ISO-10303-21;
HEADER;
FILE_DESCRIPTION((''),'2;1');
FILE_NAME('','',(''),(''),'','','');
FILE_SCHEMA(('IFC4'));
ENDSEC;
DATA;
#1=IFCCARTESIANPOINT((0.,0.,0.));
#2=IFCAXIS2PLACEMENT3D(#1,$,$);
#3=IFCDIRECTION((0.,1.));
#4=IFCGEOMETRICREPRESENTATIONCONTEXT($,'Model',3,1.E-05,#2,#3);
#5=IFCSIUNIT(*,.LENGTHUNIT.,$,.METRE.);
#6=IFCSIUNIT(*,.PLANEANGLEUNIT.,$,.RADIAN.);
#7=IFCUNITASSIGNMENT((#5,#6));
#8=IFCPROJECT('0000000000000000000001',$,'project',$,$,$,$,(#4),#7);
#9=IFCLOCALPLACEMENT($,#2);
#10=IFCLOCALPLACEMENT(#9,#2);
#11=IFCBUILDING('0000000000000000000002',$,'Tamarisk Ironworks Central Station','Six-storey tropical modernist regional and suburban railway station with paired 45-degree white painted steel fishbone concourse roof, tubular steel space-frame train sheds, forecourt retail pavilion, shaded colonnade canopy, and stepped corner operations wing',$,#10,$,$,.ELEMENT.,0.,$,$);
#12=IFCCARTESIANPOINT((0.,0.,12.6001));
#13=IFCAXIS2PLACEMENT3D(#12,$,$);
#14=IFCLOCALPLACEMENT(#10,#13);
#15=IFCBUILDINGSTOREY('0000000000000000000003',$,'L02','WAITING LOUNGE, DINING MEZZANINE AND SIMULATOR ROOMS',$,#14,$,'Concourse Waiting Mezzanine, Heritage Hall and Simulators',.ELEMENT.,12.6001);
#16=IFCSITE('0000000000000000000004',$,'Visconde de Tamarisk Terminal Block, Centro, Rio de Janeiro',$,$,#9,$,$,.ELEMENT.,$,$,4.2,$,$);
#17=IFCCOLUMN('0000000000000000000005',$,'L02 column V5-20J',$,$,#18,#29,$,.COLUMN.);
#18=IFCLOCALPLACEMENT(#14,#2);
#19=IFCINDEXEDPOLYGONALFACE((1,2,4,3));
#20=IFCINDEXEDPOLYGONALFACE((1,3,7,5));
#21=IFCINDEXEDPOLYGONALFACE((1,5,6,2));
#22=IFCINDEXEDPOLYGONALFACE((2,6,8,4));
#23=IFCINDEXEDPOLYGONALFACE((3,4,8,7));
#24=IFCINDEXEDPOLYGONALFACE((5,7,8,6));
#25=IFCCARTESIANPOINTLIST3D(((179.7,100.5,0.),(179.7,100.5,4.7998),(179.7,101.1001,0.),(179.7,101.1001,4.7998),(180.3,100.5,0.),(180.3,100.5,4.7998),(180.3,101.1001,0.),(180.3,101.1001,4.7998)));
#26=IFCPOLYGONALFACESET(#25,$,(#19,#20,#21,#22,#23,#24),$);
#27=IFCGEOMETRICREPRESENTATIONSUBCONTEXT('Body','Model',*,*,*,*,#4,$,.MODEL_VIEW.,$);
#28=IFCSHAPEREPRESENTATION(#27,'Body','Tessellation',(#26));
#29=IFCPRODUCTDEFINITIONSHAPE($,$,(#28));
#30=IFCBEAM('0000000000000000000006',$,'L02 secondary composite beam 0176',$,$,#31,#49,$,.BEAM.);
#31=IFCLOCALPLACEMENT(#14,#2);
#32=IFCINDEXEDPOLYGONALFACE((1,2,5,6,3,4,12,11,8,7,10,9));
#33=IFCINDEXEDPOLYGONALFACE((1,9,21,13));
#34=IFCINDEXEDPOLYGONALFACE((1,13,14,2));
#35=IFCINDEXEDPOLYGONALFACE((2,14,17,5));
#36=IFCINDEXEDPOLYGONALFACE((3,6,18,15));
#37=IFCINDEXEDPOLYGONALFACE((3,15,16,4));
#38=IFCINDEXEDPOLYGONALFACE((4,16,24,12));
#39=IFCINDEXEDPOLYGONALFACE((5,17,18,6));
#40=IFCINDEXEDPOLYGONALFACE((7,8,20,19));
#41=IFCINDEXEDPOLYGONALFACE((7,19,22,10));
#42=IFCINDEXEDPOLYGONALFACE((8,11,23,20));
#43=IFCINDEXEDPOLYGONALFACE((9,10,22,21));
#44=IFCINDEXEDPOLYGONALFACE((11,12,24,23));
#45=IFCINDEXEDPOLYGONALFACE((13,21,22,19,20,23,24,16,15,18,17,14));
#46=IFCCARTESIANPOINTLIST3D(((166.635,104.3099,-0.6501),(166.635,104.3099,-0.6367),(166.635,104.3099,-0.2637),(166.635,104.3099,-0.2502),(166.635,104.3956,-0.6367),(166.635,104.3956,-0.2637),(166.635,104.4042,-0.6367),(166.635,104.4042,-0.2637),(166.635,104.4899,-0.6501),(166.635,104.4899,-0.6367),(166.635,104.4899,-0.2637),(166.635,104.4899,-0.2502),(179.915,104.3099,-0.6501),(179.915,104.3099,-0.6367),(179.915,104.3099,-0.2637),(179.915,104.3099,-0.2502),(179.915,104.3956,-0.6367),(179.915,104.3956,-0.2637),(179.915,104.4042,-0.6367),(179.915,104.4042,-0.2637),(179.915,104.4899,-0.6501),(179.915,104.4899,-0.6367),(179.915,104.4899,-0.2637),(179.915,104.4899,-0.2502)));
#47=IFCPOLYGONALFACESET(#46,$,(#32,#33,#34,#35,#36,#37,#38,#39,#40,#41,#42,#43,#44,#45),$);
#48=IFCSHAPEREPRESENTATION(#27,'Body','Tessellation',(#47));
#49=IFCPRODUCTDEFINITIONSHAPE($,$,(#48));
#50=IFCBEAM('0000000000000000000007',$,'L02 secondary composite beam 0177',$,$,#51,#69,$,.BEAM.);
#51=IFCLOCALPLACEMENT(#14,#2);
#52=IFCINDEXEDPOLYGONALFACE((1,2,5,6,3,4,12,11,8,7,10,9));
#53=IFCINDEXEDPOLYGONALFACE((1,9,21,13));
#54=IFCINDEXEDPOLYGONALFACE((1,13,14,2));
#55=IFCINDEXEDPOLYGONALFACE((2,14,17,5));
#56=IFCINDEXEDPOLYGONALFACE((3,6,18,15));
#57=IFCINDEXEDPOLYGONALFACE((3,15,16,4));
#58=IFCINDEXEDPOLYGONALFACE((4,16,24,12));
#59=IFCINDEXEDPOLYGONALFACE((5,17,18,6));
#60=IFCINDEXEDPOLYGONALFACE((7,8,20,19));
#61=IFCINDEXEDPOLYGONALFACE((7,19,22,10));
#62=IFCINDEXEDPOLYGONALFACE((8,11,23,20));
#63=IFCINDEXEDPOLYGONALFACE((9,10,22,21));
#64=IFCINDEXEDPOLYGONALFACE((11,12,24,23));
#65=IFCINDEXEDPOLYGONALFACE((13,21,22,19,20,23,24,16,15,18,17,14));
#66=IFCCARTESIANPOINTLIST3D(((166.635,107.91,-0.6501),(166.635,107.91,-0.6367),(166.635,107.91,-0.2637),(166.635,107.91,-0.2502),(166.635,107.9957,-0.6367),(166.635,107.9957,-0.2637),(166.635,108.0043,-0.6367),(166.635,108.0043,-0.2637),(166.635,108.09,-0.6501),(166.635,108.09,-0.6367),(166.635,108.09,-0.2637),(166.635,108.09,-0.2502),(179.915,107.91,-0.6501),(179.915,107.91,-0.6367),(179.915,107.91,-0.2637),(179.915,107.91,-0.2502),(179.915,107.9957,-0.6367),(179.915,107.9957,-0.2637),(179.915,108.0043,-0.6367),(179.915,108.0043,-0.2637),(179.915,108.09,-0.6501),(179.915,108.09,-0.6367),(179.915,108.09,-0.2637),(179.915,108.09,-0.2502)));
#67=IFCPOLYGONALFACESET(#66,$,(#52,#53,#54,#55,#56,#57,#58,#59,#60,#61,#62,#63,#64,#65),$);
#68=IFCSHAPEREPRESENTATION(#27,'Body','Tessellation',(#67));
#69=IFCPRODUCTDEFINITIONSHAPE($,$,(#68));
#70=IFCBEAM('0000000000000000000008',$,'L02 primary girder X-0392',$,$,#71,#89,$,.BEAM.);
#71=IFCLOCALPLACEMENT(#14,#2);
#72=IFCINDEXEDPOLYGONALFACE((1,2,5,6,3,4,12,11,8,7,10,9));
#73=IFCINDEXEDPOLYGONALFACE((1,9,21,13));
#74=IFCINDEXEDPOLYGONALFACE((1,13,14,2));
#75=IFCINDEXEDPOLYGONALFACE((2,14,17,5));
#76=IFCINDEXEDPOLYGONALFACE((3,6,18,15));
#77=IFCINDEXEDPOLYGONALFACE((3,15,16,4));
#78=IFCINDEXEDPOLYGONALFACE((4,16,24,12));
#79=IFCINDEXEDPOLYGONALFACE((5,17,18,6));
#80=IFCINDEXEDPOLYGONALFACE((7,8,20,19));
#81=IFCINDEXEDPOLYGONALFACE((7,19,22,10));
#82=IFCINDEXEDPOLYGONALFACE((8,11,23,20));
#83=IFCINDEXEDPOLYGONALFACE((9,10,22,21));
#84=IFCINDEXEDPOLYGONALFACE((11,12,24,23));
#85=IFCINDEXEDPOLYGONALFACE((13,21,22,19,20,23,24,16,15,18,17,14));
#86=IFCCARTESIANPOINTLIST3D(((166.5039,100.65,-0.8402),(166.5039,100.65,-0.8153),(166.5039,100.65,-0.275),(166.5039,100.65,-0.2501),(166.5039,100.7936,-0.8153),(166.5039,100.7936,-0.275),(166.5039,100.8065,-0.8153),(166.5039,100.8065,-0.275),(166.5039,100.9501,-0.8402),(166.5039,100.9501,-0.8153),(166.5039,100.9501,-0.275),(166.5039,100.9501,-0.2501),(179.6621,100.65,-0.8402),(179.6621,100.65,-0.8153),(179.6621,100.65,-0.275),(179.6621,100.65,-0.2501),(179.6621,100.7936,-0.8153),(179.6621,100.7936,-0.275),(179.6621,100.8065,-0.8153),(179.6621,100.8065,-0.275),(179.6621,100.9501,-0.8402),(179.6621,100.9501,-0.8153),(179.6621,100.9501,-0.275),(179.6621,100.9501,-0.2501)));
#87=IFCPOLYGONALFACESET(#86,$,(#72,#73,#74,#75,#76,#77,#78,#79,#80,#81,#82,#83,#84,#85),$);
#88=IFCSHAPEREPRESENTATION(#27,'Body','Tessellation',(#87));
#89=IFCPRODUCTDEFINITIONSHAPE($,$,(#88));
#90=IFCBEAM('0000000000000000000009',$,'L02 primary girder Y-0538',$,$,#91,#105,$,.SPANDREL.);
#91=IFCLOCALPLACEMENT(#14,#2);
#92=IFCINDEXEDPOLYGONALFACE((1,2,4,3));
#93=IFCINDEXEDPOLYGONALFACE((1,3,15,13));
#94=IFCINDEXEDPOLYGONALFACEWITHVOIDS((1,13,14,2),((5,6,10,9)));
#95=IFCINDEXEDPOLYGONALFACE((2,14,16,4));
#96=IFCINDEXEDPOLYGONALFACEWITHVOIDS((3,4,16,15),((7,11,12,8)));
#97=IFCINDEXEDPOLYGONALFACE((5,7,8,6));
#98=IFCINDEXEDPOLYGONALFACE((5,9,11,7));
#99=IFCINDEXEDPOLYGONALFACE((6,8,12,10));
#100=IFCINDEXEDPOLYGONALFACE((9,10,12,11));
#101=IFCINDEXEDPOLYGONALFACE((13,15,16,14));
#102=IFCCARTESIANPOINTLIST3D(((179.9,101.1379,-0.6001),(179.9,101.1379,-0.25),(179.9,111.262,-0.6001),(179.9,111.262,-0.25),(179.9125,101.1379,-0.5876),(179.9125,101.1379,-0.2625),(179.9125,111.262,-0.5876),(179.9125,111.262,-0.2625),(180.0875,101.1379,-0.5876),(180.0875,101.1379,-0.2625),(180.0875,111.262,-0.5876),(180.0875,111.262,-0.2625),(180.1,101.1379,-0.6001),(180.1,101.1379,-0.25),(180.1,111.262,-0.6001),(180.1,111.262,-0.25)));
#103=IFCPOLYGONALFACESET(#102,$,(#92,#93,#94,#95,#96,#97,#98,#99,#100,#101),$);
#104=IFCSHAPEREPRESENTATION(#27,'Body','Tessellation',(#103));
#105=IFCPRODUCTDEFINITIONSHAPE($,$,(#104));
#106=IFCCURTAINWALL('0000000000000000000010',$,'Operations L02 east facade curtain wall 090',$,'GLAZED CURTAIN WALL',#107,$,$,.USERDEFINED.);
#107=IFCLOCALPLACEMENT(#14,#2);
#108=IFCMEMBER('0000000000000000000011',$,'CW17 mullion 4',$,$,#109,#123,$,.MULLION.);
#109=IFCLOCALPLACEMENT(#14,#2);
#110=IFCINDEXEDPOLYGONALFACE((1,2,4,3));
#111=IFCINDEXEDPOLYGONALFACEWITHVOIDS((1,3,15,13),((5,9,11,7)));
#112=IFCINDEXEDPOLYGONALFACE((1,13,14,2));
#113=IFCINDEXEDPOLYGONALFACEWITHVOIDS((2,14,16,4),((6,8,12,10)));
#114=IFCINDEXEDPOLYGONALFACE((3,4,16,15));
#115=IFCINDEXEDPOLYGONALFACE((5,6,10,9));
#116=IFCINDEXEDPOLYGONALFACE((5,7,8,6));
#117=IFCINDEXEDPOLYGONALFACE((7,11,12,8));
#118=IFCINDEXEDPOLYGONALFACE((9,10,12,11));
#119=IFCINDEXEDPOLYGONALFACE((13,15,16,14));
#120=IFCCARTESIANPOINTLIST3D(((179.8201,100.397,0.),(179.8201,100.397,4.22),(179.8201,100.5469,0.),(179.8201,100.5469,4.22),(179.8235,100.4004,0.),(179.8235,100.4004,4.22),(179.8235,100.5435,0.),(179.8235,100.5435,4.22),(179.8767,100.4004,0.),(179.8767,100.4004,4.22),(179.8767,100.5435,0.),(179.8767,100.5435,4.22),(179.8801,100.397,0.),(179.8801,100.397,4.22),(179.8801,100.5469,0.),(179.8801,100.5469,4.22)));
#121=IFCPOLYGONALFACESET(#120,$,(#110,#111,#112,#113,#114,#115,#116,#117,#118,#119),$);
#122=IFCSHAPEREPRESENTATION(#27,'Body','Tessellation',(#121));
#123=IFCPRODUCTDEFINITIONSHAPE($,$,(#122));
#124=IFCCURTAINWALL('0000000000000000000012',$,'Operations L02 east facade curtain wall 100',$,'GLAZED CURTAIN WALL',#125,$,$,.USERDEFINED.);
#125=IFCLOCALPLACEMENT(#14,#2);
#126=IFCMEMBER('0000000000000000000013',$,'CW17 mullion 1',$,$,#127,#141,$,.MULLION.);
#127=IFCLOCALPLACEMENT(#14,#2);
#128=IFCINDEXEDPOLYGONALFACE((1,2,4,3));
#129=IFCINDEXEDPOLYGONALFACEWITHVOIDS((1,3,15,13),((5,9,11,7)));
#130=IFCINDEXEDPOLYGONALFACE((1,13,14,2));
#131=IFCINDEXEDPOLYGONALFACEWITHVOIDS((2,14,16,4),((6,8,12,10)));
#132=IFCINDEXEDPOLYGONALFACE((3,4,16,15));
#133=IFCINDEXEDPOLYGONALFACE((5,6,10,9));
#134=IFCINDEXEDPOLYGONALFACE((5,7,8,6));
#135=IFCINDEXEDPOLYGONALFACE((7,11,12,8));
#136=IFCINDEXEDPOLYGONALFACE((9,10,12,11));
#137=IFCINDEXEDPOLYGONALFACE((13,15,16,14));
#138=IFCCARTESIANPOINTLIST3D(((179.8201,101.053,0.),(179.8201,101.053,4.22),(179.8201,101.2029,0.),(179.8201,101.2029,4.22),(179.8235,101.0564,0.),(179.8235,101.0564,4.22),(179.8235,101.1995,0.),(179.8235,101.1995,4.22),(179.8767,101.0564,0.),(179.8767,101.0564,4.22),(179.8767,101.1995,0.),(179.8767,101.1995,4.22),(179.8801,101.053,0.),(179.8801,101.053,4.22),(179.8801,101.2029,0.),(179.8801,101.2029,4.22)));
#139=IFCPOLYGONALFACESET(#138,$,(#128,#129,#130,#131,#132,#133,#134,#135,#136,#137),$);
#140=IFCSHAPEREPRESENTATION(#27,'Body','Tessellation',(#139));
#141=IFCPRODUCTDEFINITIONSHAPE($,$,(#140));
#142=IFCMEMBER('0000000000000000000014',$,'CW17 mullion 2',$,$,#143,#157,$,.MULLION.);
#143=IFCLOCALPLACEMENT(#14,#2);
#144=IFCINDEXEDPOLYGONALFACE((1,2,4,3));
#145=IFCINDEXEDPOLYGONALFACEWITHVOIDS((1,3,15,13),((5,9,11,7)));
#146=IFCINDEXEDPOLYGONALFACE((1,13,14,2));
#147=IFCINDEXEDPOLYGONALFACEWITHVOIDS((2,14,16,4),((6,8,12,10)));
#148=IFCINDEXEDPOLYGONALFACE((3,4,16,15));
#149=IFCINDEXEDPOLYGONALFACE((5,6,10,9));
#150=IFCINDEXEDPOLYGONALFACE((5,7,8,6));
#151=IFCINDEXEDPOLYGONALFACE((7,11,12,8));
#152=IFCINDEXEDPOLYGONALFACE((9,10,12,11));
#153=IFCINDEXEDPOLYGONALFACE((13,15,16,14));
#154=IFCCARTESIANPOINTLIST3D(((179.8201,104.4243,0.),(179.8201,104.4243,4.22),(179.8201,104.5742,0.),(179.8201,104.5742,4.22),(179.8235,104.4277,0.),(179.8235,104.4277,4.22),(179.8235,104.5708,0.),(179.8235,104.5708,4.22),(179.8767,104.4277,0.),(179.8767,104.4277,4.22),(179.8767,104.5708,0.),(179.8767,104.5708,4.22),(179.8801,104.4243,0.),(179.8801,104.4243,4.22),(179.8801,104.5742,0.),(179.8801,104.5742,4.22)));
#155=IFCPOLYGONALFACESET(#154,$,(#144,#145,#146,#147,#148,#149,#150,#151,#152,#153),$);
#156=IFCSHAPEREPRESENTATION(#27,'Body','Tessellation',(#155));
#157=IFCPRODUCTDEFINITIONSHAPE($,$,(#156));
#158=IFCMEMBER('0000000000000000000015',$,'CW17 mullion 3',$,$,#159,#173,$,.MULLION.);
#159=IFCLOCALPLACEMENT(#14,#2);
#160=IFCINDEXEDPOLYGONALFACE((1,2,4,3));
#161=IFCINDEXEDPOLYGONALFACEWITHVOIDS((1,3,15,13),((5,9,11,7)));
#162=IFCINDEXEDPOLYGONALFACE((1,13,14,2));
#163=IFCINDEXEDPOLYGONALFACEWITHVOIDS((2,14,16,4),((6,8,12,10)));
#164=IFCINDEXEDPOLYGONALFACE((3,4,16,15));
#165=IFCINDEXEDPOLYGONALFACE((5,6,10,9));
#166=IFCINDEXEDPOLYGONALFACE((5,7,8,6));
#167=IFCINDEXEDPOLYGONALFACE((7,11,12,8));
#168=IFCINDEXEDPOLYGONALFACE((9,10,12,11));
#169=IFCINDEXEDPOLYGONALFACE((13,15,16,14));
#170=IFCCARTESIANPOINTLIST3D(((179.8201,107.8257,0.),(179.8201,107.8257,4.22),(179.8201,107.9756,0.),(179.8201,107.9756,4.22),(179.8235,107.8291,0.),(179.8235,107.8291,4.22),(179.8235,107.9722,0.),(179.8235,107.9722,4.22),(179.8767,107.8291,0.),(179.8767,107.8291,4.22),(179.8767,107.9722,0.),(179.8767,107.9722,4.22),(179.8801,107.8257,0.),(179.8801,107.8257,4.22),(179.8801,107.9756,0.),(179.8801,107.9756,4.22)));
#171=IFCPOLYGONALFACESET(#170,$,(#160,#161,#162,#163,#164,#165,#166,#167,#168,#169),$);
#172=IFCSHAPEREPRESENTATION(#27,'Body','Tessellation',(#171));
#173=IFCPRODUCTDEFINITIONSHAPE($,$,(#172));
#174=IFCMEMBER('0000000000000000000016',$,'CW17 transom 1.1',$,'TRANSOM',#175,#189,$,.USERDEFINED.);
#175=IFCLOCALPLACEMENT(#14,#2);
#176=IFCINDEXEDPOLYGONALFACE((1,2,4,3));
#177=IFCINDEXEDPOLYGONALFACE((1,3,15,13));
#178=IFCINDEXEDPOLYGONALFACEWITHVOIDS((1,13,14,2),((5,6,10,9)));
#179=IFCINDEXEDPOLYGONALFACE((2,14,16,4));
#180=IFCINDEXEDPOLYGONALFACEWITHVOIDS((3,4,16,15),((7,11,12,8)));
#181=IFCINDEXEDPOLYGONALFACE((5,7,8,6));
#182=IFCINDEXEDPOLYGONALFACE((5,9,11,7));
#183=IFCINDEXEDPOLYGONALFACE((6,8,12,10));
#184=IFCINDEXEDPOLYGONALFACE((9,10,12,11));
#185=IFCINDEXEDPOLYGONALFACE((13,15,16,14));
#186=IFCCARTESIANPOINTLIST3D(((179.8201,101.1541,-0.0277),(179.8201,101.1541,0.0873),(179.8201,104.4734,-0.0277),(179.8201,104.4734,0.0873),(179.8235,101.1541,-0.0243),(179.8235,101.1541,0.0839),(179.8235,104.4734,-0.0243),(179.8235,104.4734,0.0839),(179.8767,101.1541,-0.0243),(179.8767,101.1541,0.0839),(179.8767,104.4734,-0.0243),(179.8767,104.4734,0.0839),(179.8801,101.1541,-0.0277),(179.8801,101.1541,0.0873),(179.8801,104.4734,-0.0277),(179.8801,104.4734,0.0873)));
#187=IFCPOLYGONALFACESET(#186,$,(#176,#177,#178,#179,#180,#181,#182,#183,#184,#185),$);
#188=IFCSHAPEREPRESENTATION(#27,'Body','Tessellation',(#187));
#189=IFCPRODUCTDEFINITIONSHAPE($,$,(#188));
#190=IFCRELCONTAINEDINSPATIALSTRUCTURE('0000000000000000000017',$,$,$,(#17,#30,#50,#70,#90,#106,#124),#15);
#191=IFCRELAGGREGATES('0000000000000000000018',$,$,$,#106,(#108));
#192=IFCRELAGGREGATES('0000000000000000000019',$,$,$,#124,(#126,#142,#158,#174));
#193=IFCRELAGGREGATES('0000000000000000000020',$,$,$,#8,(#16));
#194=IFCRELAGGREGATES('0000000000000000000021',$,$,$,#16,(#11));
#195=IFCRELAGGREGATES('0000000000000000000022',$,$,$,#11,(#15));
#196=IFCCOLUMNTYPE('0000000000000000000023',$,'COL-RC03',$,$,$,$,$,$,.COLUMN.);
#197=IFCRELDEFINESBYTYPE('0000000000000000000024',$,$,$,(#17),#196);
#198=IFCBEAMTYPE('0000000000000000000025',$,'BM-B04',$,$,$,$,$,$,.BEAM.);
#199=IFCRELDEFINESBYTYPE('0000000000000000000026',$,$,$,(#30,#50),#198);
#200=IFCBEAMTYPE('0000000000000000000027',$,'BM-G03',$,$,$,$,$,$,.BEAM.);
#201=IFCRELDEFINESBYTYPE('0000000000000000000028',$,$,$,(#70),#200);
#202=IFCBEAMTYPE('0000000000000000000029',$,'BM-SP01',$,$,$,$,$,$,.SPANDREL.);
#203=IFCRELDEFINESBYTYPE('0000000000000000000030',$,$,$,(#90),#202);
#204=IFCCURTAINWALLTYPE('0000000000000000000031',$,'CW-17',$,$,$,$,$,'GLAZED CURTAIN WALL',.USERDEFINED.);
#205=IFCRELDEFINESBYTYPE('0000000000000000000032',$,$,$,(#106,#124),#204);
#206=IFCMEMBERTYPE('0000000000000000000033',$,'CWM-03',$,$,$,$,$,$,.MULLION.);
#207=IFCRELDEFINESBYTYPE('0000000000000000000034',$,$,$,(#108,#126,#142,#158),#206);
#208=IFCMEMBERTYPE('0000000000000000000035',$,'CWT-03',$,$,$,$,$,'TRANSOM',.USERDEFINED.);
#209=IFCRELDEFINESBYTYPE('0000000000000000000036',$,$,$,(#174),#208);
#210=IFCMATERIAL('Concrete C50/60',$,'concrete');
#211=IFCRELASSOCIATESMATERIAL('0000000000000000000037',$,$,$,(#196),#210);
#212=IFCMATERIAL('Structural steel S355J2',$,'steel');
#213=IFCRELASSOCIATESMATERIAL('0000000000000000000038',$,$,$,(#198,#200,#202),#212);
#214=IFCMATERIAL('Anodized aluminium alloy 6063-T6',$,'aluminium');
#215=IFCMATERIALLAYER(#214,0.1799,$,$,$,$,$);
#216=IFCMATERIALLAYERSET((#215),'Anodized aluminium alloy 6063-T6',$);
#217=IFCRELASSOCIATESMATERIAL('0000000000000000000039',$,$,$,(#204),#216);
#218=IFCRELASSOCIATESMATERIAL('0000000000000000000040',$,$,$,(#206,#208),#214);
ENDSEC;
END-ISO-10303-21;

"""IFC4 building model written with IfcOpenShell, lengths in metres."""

from ifc_helpers import new_model, si_unit, direction, frame, origin, origin_2d, place, context, subcontext, project, spatial, rectangle, hollow_rectangle, i_section, extrude, material, layer, layer_set, material_profile, profile_set, type_object, element, aggregate, save


model = new_model("IFC4")

# Units and contexts
model_context = context("Model", 3, precision=1e-05, world=origin(), true_north=direction((0.0, 1.0)))
body_context = subcontext(model_context, "Body", "Model", "MODEL_VIEW")
ifc_project = project(units=[si_unit("LENGTHUNIT", "METRE"), si_unit("PLANEANGLEUNIT", "RADIAN")], contexts=[model_context])

# Site, building, storey
site_placement = place(None, origin())
site = spatial("IfcSite", under=ifc_project, at=site_placement, Name="Visconde de Tamarisk Terminal Block, Centro, Rio de Janeiro", CompositionType="ELEMENT", RefElevation=4.2)
building_placement = place(site_placement, origin())
building = spatial("IfcBuilding", under=site, at=building_placement, Name="Tamarisk Ironworks Central Station", Description="Six-storey tropical modernist regional and suburban railway station with paired 45-degree white painted steel fishbone concourse roof, tubular steel space-frame train sheds, forecourt retail pavilion, shaded colonnade canopy, and stepped corner operations wing", CompositionType="ELEMENT", ElevationOfRefHeight=0.0)
storey_placement = place(building_placement, frame((0.0, 0.0, 12.6001)))
storey = spatial("IfcBuildingStorey", under=building, at=storey_placement, Name="L02", Description="WAITING LOUNGE, DINING MEZZANINE AND SIMULATOR ROOMS", LongName="Concourse Waiting Mezzanine, Heritage Hall and Simulators", CompositionType="ELEMENT", Elevation=12.6001)

# Column
ifc_material_1 = material(Name="Concrete C50/60", Category="concrete")
ifc_material_profile_1 = material_profile(ifc_material_1, rectangle(XDim=0.6001, YDim=0.6001, at=origin_2d()), Name="RC 600x600")
ifc_profile_set_1 = profile_set([ifc_material_profile_1], Name="Concrete C50/60")
column_type = type_object("IfcColumnType", Name="COL-RC03", PredefinedType="COLUMN", material=ifc_profile_set_1)
column_placement = place(storey_placement, frame((180.0, 100.8, 0.0), z_axis=(0.0, 0.0, 1.0), x_axis=(1.0, 0.0, 0.0)))
element("IfcColumn", 1, at=column_placement, inside=storey, type_object=column_type, Name="L02 column V5-20J", PredefinedType="COLUMN", context=body_context, shape_type="SweptSolid", body=[
    extrude(rectangle(XDim=0.6001, YDim=0.6001, at=origin_2d()), origin(), (0.0, 0.0, 1.0), 4.7998),
])

# Beams
ifc_material_2 = material(Name="Structural steel S355J2", Category="steel")
ifc_material_profile_2 = material_profile(ifc_material_2, i_section(OverallWidth=0.1799, OverallDepth=0.3999, WebThickness=0.0085, FlangeThickness=0.0134, at=origin_2d()), Name="IPE 400")
ifc_profile_set_2 = profile_set([ifc_material_profile_2], Name="Structural steel S355J2")
beam_type_1 = type_object("IfcBeamType", Name="BM-B04", PredefinedType="BEAM", material=ifc_profile_set_2)
for number, where, z_axis, x_axis, name in (
    (2, (166.635, 104.3999, -0.4502), (1.0, 0.0, 0.0), (0.0, 1.0, 0.0), "L02 secondary composite beam 0176"),
    (3, (166.635, 108.0, -0.4502), (1.0, 0.0, 0.0), (0.0, 1.0, 0.0), "L02 secondary composite beam 0177"),
):
    element("IfcBeam", number, at=place(storey_placement, frame(where, z_axis=z_axis, x_axis=x_axis)), inside=storey, type_object=beam_type_1, Name=name, PredefinedType="BEAM", context=body_context, shape_type="SweptSolid", body=[
        extrude(i_section(OverallWidth=0.1799, OverallDepth=0.3999, WebThickness=0.0085, FlangeThickness=0.0134, at=origin_2d()), origin(), (0.0, 0.0, 1.0), 13.28),
    ])
ifc_material_profile_3 = material_profile(ifc_material_2, i_section(OverallWidth=0.3, OverallDepth=0.5901, WebThickness=0.0129, FlangeThickness=0.0249, at=origin_2d()), Name="HEA 600")
ifc_profile_set_3 = profile_set([ifc_material_profile_3], Name="Structural steel S355J2")
beam_type_2 = type_object("IfcBeamType", Name="BM-G03", PredefinedType="BEAM", material=ifc_profile_set_3)
beam_1_placement = place(storey_placement, frame((166.5039, 100.8, -0.5452), z_axis=(1.0, 0.0, 0.0), x_axis=(0.0, 1.0, 0.0)))
element("IfcBeam", 4, at=beam_1_placement, inside=storey, type_object=beam_type_2, Name="L02 primary girder X-0392", PredefinedType="BEAM", context=body_context, shape_type="SweptSolid", body=[
    extrude(i_section(OverallWidth=0.3, OverallDepth=0.5901, WebThickness=0.0129, FlangeThickness=0.0249, at=origin_2d()), origin(), (0.0, 0.0, 1.0), 13.1582),
])
ifc_material_profile_4 = material_profile(ifc_material_2, hollow_rectangle(XDim=0.2, YDim=0.3501, WallThickness=0.0125, at=origin_2d()), Name="RHS 350x200x12.5")
ifc_profile_set_4 = profile_set([ifc_material_profile_4], Name="Structural steel S355J2")
beam_type_3 = type_object("IfcBeamType", Name="BM-SP01", PredefinedType="SPANDREL", material=ifc_profile_set_4)
beam_2_placement = place(storey_placement, frame((180.0, 101.1379, -0.425), z_axis=(0.0, 1.0, 0.0), x_axis=(-1.0, 0.0, 0.0)))
element("IfcBeam", 5, at=beam_2_placement, inside=storey, type_object=beam_type_3, Name="L02 primary girder Y-0538", PredefinedType="SPANDREL", context=body_context, shape_type="SweptSolid", body=[
    extrude(hollow_rectangle(XDim=0.2, YDim=0.3501, WallThickness=0.0125, at=origin_2d()), origin(), (0.0, 0.0, 1.0), 10.124),
])

# Curtain wall, member
ifc_material_3 = material(Name="Anodized aluminium alloy 6063-T6", Category="aluminium")
ifc_layer_1 = layer(ifc_material_3, 0.1799)
ifc_layer_set_1 = layer_set([ifc_layer_1], Name="Anodized aluminium alloy 6063-T6")
curtain_wall_type = type_object("IfcCurtainWallType", Name="CW-17", ElementType="GLAZED CURTAIN WALL", PredefinedType="USERDEFINED", material=ifc_layer_set_1)
curtain_wall_1_placement = place(storey_placement, origin())
curtain_wall_1 = element("IfcCurtainWall", 6, at=curtain_wall_1_placement, inside=storey, type_object=curtain_wall_type, Name="Operations L02 east facade curtain wall 090", ObjectType="GLAZED CURTAIN WALL", PredefinedType="USERDEFINED")
ifc_material_profile_5 = material_profile(ifc_material_3, hollow_rectangle(XDim=0.0601, YDim=0.1499, WallThickness=0.0034, at=origin_2d()), Name="ALUM 150x60")
ifc_profile_set_5 = profile_set([ifc_material_profile_5], Name="Anodized aluminium alloy 6063-T6")
member_type_1 = type_object("IfcMemberType", Name="CWM-03", PredefinedType="MULLION", material=ifc_profile_set_5)
member_1_placement = place(storey_placement, frame((179.8501, 100.4719, 0.0), z_axis=(0.0, 0.0, 1.0), x_axis=(-1.0, 0.0, 0.0)))
member_1 = element("IfcMember", 7, at=member_1_placement, type_object=member_type_1, Name="CW17 mullion 4", PredefinedType="MULLION", context=body_context, shape_type="SweptSolid", body=[
    extrude(hollow_rectangle(XDim=0.0601, YDim=0.1499, WallThickness=0.0034, at=origin_2d()), origin(), (0.0, 0.0, 1.0), 4.22),
])

# Curtain wall, members
curtain_wall_2_placement = place(storey_placement, origin())
curtain_wall_2 = element("IfcCurtainWall", 8, at=curtain_wall_2_placement, inside=storey, type_object=curtain_wall_type, Name="Operations L02 east facade curtain wall 100", ObjectType="GLAZED CURTAIN WALL", PredefinedType="USERDEFINED")
member_2_placement = place(storey_placement, frame((179.8501, 101.1279, 0.0), z_axis=(0.0, 0.0, 1.0), x_axis=(-1.0, 0.0, 0.0)))
member_2 = element("IfcMember", 9, at=member_2_placement, type_object=member_type_1, Name="CW17 mullion 1", PredefinedType="MULLION", context=body_context, shape_type="SweptSolid", body=[
    extrude(hollow_rectangle(XDim=0.0601, YDim=0.1499, WallThickness=0.0034, at=origin_2d()), origin(), (0.0, 0.0, 1.0), 4.22),
])
member_3_placement = place(storey_placement, frame((179.8501, 104.4993, 0.0), z_axis=(0.0, 0.0, 1.0), x_axis=(-1.0, 0.0, 0.0)))
member_3 = element("IfcMember", 10, at=member_3_placement, type_object=member_type_1, Name="CW17 mullion 2", PredefinedType="MULLION", context=body_context, shape_type="SweptSolid", body=[
    extrude(hollow_rectangle(XDim=0.0601, YDim=0.1499, WallThickness=0.0034, at=origin_2d()), origin(), (0.0, 0.0, 1.0), 4.22),
])
member_4_placement = place(storey_placement, frame((179.8501, 107.9006, 0.0), z_axis=(0.0, 0.0, 1.0), x_axis=(-1.0, 0.0, 0.0)))
member_4 = element("IfcMember", 11, at=member_4_placement, type_object=member_type_1, Name="CW17 mullion 3", PredefinedType="MULLION", context=body_context, shape_type="SweptSolid", body=[
    extrude(hollow_rectangle(XDim=0.0601, YDim=0.1499, WallThickness=0.0034, at=origin_2d()), origin(), (0.0, 0.0, 1.0), 4.22),
])
ifc_material_profile_6 = material_profile(ifc_material_3, hollow_rectangle(XDim=0.0601, YDim=0.115, WallThickness=0.0034, at=origin_2d()), Name="ALUM 115x60")
ifc_profile_set_6 = profile_set([ifc_material_profile_6], Name="Anodized aluminium alloy 6063-T6")
member_type_2 = type_object("IfcMemberType", Name="CWT-03", ElementType="TRANSOM", PredefinedType="USERDEFINED", material=ifc_profile_set_6)
member_5_placement = place(storey_placement, frame((179.8501, 101.1541, 0.0298), z_axis=(0.0, 1.0, 0.0), x_axis=(-1.0, 0.0, 0.0)))
member_5 = element("IfcMember", 12, at=member_5_placement, type_object=member_type_2, Name="CW17 transom 1.1", ObjectType="TRANSOM", PredefinedType="USERDEFINED", context=body_context, shape_type="SweptSolid", body=[
    extrude(hollow_rectangle(XDim=0.0601, YDim=0.115, WallThickness=0.0034, at=origin_2d()), origin(), (0.0, 0.0, 1.0), 3.3193),
])

aggregate(curtain_wall_1, [member_1])
aggregate(curtain_wall_2, [member_2, member_3, member_4, member_5])

save(model, "model.ifc")
